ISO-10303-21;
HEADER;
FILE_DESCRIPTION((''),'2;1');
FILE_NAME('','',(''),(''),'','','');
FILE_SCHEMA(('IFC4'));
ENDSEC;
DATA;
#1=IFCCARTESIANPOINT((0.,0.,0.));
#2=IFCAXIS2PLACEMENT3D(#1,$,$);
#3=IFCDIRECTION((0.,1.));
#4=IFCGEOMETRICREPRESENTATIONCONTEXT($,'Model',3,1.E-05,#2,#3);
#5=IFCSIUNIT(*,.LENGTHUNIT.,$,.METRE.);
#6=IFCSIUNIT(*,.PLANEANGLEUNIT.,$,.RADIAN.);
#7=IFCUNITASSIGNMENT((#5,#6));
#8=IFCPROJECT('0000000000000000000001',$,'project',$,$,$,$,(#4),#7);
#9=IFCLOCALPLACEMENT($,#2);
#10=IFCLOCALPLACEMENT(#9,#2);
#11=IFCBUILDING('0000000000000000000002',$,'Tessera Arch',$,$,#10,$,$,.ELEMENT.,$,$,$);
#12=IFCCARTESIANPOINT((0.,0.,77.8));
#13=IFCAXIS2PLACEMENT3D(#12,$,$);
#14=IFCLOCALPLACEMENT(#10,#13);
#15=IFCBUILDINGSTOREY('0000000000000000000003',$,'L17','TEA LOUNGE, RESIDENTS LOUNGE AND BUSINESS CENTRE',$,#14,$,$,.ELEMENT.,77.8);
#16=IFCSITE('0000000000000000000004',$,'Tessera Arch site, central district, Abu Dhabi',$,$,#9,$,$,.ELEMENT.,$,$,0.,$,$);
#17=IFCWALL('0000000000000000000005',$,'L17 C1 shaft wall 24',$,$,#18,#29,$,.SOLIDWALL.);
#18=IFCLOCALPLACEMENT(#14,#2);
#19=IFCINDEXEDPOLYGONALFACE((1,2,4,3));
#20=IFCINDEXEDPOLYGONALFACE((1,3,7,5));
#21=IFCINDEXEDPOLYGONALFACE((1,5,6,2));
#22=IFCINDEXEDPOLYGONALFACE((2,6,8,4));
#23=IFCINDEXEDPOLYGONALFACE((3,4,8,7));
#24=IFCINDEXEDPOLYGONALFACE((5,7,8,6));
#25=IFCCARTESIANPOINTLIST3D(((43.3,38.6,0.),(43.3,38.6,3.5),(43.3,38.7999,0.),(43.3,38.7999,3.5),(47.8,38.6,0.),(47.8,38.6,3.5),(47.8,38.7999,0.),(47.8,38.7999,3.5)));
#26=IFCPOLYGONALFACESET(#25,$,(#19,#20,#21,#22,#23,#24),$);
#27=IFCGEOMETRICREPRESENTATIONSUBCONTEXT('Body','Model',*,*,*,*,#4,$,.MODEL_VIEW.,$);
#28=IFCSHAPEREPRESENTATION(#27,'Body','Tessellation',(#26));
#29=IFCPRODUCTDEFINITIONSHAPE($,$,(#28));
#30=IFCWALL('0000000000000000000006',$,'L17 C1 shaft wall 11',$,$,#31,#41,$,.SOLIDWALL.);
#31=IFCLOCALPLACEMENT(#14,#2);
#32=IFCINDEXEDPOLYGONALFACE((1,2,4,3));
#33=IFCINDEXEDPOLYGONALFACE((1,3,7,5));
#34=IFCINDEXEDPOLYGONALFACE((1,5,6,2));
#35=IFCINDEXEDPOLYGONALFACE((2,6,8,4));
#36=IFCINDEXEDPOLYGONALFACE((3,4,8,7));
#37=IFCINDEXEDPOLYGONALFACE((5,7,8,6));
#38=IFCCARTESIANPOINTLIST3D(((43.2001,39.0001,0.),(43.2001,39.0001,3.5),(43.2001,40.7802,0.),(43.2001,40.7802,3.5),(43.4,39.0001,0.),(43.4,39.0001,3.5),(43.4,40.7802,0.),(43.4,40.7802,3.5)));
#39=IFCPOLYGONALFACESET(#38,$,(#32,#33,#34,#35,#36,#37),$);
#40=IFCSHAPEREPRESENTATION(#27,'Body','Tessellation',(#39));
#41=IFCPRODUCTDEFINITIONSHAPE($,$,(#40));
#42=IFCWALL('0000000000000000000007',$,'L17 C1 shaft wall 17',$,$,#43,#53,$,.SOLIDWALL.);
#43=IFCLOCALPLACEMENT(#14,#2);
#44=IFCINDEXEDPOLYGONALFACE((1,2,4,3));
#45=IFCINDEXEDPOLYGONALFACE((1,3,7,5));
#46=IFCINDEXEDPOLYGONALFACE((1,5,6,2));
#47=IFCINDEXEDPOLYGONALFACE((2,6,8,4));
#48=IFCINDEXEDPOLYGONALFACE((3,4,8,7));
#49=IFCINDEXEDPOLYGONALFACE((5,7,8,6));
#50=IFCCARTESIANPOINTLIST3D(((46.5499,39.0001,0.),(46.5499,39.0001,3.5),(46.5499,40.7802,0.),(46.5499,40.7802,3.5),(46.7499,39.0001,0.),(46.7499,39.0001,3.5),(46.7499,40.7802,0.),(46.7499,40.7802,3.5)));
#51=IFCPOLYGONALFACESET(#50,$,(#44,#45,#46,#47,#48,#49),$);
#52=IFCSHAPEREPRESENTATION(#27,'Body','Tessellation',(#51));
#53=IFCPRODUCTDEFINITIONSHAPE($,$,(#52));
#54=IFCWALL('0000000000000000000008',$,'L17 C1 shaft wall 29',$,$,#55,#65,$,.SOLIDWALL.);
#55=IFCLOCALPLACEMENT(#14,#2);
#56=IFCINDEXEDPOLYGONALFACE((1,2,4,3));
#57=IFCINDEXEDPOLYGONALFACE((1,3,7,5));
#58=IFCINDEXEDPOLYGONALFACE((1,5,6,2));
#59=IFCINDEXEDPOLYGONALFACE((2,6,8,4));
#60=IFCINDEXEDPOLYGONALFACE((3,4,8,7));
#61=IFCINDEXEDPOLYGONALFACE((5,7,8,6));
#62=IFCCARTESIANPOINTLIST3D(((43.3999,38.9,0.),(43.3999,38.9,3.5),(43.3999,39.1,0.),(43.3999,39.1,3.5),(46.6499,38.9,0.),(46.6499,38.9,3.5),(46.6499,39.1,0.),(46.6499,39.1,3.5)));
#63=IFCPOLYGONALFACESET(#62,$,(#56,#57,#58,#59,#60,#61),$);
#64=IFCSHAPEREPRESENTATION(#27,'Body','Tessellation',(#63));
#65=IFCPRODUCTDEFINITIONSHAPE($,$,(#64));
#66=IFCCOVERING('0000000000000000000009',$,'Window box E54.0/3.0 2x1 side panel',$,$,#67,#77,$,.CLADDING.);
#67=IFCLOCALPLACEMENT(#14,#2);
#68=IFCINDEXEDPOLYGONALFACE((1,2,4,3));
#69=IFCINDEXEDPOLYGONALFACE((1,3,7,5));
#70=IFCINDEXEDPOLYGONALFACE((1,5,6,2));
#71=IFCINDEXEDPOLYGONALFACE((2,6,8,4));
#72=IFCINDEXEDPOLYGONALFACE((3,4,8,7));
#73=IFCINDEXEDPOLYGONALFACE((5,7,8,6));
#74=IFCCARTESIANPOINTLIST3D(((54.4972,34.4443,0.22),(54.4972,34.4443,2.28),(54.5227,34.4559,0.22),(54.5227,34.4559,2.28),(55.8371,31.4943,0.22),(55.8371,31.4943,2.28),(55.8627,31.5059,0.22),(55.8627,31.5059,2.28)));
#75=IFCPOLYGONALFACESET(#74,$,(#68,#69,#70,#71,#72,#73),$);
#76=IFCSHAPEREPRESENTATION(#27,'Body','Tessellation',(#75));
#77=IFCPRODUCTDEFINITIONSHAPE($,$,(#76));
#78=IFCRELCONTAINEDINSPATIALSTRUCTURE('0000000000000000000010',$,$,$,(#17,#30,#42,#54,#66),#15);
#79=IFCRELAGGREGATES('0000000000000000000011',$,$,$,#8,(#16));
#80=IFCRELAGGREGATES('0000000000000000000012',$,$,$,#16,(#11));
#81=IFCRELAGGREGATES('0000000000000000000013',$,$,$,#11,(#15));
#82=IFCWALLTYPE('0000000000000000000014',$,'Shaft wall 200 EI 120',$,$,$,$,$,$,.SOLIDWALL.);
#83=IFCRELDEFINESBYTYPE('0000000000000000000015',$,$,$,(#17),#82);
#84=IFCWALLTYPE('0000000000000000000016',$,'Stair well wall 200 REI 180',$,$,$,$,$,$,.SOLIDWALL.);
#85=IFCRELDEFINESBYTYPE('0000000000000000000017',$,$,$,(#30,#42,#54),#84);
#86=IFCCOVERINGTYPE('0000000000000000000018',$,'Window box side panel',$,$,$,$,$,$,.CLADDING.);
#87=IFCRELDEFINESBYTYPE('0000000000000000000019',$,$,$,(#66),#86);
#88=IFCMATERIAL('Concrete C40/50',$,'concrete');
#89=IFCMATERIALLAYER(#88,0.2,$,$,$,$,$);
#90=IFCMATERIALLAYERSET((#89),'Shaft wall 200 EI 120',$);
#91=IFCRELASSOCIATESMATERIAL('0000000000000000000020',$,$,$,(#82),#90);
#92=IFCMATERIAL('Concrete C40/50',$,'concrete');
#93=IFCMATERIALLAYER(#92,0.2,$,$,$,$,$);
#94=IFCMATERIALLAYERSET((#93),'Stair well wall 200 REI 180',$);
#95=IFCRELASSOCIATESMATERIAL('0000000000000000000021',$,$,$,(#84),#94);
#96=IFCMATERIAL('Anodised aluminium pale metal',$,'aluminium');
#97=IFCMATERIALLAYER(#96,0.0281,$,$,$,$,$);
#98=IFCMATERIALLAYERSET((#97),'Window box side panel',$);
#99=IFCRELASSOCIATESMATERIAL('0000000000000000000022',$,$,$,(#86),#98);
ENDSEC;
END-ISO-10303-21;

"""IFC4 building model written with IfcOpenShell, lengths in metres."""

from ifc_helpers import new_model, si_unit, direction, frame, frame_2d, origin, origin_2d, place, context, subcontext, project, spatial, rectangle, extrude, material, layer, layer_set, type_object, element, save


model = new_model("IFC4")

# Units and contexts
model_context = context("Model", 3, precision=1e-05, world=origin(), true_north=direction((0.0, 1.0)))
body_context = subcontext(model_context, "Body", "Model", "MODEL_VIEW")
ifc_project = project(units=[si_unit("LENGTHUNIT", "METRE"), si_unit("PLANEANGLEUNIT", "RADIAN")], contexts=[model_context])

# Site, building, storey
site_placement = place(None, origin())
site = spatial("IfcSite", under=ifc_project, at=site_placement, Name="Tessera Arch site, central district, Abu Dhabi", CompositionType="ELEMENT", RefElevation=0.0)
building_placement = place(site_placement, origin())
building = spatial("IfcBuilding", under=site, at=building_placement, Name="Tessera Arch", CompositionType="ELEMENT")
storey_placement = place(building_placement, frame((0.0, 0.0, 77.8)))
storey = spatial("IfcBuildingStorey", under=building, at=storey_placement, Name="L17", Description="TEA LOUNGE, RESIDENTS LOUNGE AND BUSINESS CENTRE", CompositionType="ELEMENT", Elevation=77.8)

# Walls
ifc_material_1 = material(Name="Concrete C40/50", Category="concrete")
ifc_layer_1 = layer(ifc_material_1, 0.2)
ifc_layer_set_1 = layer_set([ifc_layer_1], Name="Shaft wall 200 EI 120")
wall_type_1 = type_object("IfcWallType", Name="Shaft wall 200 EI 120", PredefinedType="SOLIDWALL", material=ifc_layer_set_1)
wall_1_placement = place(storey_placement, frame((43.3, 38.7, 0.0), z_axis=(0.0, 0.0, 1.0), x_axis=(1.0, 0.0, 0.0)))
element("IfcWall", 1, at=wall_1_placement, inside=storey, type_object=wall_type_1, Name="L17 C1 shaft wall 24", PredefinedType="SOLIDWALL", context=body_context, shape_type="SweptSolid", body=[
    extrude(rectangle(XDim=4.5, YDim=0.2, at=frame_2d((2.25, 0.0))), origin(), (0.0, 0.0, 1.0), 3.5),
])
ifc_material_2 = material(Name="Concrete C40/50", Category="concrete")
ifc_layer_2 = layer(ifc_material_2, 0.2)
ifc_layer_set_2 = layer_set([ifc_layer_2], Name="Stair well wall 200 REI 180")
wall_type_2 = type_object("IfcWallType", Name="Stair well wall 200 REI 180", PredefinedType="SOLIDWALL", material=ifc_layer_set_2)
for number, where, z_axis, x_axis, name in (
    (2, (43.3, 39.0, 0.0), (0.0, 0.0, 1.0), (0.0, 1.0, 0.0), "L17 C1 shaft wall 11"),
    (3, (46.6499, 39.0, 0.0), (0.0, 0.0, 1.0), (0.0, 1.0, 0.0), "L17 C1 shaft wall 17"),
):
    element("IfcWall", number, at=place(storey_placement, frame(where, z_axis=z_axis, x_axis=x_axis)), inside=storey, type_object=wall_type_2, Name=name, PredefinedType="SOLIDWALL", context=body_context, shape_type="SweptSolid", body=[
        extrude(rectangle(XDim=1.78, YDim=0.2, at=frame_2d((0.8901, 0.0))), origin(), (0.0, 0.0, 1.0), 3.5),
    ])
wall_2_placement = place(storey_placement, frame((43.3999, 39.0, 0.0), z_axis=(0.0, 0.0, 1.0), x_axis=(1.0, 0.0, 0.0)))
element("IfcWall", 4, at=wall_2_placement, inside=storey, type_object=wall_type_2, Name="L17 C1 shaft wall 29", PredefinedType="SOLIDWALL", context=body_context, shape_type="SweptSolid", body=[
    extrude(rectangle(XDim=3.25, YDim=0.2, at=frame_2d((1.625, 0.0))), origin(), (0.0, 0.0, 1.0), 3.5),
])

# Covering
ifc_material_3 = material(Name="Anodised aluminium pale metal", Category="aluminium")
ifc_layer_3 = layer(ifc_material_3, 0.0281)
ifc_layer_set_3 = layer_set([ifc_layer_3], Name="Window box side panel")
covering_type = type_object("IfcCoveringType", Name="Window box side panel", PredefinedType="CLADDING", material=ifc_layer_set_3)
covering_placement = place(storey_placement, frame((55.1799, 32.9751, 0.22), z_axis=(0.0, 0.0, 1.0), x_axis=(0.41357, -0.910472, 0.0)))
element("IfcCovering", 5, at=covering_placement, inside=storey, type_object=covering_type, Name="Window box E54.0/3.0 2x1 side panel", PredefinedType="CLADDING", context=body_context, shape_type="SweptSolid", body=[
    extrude(rectangle(XDim=3.24, YDim=0.0281, at=origin_2d()), origin(), (0.0, 0.0, 1.0), 2.0601),
])

save(model, "model.ifc")
